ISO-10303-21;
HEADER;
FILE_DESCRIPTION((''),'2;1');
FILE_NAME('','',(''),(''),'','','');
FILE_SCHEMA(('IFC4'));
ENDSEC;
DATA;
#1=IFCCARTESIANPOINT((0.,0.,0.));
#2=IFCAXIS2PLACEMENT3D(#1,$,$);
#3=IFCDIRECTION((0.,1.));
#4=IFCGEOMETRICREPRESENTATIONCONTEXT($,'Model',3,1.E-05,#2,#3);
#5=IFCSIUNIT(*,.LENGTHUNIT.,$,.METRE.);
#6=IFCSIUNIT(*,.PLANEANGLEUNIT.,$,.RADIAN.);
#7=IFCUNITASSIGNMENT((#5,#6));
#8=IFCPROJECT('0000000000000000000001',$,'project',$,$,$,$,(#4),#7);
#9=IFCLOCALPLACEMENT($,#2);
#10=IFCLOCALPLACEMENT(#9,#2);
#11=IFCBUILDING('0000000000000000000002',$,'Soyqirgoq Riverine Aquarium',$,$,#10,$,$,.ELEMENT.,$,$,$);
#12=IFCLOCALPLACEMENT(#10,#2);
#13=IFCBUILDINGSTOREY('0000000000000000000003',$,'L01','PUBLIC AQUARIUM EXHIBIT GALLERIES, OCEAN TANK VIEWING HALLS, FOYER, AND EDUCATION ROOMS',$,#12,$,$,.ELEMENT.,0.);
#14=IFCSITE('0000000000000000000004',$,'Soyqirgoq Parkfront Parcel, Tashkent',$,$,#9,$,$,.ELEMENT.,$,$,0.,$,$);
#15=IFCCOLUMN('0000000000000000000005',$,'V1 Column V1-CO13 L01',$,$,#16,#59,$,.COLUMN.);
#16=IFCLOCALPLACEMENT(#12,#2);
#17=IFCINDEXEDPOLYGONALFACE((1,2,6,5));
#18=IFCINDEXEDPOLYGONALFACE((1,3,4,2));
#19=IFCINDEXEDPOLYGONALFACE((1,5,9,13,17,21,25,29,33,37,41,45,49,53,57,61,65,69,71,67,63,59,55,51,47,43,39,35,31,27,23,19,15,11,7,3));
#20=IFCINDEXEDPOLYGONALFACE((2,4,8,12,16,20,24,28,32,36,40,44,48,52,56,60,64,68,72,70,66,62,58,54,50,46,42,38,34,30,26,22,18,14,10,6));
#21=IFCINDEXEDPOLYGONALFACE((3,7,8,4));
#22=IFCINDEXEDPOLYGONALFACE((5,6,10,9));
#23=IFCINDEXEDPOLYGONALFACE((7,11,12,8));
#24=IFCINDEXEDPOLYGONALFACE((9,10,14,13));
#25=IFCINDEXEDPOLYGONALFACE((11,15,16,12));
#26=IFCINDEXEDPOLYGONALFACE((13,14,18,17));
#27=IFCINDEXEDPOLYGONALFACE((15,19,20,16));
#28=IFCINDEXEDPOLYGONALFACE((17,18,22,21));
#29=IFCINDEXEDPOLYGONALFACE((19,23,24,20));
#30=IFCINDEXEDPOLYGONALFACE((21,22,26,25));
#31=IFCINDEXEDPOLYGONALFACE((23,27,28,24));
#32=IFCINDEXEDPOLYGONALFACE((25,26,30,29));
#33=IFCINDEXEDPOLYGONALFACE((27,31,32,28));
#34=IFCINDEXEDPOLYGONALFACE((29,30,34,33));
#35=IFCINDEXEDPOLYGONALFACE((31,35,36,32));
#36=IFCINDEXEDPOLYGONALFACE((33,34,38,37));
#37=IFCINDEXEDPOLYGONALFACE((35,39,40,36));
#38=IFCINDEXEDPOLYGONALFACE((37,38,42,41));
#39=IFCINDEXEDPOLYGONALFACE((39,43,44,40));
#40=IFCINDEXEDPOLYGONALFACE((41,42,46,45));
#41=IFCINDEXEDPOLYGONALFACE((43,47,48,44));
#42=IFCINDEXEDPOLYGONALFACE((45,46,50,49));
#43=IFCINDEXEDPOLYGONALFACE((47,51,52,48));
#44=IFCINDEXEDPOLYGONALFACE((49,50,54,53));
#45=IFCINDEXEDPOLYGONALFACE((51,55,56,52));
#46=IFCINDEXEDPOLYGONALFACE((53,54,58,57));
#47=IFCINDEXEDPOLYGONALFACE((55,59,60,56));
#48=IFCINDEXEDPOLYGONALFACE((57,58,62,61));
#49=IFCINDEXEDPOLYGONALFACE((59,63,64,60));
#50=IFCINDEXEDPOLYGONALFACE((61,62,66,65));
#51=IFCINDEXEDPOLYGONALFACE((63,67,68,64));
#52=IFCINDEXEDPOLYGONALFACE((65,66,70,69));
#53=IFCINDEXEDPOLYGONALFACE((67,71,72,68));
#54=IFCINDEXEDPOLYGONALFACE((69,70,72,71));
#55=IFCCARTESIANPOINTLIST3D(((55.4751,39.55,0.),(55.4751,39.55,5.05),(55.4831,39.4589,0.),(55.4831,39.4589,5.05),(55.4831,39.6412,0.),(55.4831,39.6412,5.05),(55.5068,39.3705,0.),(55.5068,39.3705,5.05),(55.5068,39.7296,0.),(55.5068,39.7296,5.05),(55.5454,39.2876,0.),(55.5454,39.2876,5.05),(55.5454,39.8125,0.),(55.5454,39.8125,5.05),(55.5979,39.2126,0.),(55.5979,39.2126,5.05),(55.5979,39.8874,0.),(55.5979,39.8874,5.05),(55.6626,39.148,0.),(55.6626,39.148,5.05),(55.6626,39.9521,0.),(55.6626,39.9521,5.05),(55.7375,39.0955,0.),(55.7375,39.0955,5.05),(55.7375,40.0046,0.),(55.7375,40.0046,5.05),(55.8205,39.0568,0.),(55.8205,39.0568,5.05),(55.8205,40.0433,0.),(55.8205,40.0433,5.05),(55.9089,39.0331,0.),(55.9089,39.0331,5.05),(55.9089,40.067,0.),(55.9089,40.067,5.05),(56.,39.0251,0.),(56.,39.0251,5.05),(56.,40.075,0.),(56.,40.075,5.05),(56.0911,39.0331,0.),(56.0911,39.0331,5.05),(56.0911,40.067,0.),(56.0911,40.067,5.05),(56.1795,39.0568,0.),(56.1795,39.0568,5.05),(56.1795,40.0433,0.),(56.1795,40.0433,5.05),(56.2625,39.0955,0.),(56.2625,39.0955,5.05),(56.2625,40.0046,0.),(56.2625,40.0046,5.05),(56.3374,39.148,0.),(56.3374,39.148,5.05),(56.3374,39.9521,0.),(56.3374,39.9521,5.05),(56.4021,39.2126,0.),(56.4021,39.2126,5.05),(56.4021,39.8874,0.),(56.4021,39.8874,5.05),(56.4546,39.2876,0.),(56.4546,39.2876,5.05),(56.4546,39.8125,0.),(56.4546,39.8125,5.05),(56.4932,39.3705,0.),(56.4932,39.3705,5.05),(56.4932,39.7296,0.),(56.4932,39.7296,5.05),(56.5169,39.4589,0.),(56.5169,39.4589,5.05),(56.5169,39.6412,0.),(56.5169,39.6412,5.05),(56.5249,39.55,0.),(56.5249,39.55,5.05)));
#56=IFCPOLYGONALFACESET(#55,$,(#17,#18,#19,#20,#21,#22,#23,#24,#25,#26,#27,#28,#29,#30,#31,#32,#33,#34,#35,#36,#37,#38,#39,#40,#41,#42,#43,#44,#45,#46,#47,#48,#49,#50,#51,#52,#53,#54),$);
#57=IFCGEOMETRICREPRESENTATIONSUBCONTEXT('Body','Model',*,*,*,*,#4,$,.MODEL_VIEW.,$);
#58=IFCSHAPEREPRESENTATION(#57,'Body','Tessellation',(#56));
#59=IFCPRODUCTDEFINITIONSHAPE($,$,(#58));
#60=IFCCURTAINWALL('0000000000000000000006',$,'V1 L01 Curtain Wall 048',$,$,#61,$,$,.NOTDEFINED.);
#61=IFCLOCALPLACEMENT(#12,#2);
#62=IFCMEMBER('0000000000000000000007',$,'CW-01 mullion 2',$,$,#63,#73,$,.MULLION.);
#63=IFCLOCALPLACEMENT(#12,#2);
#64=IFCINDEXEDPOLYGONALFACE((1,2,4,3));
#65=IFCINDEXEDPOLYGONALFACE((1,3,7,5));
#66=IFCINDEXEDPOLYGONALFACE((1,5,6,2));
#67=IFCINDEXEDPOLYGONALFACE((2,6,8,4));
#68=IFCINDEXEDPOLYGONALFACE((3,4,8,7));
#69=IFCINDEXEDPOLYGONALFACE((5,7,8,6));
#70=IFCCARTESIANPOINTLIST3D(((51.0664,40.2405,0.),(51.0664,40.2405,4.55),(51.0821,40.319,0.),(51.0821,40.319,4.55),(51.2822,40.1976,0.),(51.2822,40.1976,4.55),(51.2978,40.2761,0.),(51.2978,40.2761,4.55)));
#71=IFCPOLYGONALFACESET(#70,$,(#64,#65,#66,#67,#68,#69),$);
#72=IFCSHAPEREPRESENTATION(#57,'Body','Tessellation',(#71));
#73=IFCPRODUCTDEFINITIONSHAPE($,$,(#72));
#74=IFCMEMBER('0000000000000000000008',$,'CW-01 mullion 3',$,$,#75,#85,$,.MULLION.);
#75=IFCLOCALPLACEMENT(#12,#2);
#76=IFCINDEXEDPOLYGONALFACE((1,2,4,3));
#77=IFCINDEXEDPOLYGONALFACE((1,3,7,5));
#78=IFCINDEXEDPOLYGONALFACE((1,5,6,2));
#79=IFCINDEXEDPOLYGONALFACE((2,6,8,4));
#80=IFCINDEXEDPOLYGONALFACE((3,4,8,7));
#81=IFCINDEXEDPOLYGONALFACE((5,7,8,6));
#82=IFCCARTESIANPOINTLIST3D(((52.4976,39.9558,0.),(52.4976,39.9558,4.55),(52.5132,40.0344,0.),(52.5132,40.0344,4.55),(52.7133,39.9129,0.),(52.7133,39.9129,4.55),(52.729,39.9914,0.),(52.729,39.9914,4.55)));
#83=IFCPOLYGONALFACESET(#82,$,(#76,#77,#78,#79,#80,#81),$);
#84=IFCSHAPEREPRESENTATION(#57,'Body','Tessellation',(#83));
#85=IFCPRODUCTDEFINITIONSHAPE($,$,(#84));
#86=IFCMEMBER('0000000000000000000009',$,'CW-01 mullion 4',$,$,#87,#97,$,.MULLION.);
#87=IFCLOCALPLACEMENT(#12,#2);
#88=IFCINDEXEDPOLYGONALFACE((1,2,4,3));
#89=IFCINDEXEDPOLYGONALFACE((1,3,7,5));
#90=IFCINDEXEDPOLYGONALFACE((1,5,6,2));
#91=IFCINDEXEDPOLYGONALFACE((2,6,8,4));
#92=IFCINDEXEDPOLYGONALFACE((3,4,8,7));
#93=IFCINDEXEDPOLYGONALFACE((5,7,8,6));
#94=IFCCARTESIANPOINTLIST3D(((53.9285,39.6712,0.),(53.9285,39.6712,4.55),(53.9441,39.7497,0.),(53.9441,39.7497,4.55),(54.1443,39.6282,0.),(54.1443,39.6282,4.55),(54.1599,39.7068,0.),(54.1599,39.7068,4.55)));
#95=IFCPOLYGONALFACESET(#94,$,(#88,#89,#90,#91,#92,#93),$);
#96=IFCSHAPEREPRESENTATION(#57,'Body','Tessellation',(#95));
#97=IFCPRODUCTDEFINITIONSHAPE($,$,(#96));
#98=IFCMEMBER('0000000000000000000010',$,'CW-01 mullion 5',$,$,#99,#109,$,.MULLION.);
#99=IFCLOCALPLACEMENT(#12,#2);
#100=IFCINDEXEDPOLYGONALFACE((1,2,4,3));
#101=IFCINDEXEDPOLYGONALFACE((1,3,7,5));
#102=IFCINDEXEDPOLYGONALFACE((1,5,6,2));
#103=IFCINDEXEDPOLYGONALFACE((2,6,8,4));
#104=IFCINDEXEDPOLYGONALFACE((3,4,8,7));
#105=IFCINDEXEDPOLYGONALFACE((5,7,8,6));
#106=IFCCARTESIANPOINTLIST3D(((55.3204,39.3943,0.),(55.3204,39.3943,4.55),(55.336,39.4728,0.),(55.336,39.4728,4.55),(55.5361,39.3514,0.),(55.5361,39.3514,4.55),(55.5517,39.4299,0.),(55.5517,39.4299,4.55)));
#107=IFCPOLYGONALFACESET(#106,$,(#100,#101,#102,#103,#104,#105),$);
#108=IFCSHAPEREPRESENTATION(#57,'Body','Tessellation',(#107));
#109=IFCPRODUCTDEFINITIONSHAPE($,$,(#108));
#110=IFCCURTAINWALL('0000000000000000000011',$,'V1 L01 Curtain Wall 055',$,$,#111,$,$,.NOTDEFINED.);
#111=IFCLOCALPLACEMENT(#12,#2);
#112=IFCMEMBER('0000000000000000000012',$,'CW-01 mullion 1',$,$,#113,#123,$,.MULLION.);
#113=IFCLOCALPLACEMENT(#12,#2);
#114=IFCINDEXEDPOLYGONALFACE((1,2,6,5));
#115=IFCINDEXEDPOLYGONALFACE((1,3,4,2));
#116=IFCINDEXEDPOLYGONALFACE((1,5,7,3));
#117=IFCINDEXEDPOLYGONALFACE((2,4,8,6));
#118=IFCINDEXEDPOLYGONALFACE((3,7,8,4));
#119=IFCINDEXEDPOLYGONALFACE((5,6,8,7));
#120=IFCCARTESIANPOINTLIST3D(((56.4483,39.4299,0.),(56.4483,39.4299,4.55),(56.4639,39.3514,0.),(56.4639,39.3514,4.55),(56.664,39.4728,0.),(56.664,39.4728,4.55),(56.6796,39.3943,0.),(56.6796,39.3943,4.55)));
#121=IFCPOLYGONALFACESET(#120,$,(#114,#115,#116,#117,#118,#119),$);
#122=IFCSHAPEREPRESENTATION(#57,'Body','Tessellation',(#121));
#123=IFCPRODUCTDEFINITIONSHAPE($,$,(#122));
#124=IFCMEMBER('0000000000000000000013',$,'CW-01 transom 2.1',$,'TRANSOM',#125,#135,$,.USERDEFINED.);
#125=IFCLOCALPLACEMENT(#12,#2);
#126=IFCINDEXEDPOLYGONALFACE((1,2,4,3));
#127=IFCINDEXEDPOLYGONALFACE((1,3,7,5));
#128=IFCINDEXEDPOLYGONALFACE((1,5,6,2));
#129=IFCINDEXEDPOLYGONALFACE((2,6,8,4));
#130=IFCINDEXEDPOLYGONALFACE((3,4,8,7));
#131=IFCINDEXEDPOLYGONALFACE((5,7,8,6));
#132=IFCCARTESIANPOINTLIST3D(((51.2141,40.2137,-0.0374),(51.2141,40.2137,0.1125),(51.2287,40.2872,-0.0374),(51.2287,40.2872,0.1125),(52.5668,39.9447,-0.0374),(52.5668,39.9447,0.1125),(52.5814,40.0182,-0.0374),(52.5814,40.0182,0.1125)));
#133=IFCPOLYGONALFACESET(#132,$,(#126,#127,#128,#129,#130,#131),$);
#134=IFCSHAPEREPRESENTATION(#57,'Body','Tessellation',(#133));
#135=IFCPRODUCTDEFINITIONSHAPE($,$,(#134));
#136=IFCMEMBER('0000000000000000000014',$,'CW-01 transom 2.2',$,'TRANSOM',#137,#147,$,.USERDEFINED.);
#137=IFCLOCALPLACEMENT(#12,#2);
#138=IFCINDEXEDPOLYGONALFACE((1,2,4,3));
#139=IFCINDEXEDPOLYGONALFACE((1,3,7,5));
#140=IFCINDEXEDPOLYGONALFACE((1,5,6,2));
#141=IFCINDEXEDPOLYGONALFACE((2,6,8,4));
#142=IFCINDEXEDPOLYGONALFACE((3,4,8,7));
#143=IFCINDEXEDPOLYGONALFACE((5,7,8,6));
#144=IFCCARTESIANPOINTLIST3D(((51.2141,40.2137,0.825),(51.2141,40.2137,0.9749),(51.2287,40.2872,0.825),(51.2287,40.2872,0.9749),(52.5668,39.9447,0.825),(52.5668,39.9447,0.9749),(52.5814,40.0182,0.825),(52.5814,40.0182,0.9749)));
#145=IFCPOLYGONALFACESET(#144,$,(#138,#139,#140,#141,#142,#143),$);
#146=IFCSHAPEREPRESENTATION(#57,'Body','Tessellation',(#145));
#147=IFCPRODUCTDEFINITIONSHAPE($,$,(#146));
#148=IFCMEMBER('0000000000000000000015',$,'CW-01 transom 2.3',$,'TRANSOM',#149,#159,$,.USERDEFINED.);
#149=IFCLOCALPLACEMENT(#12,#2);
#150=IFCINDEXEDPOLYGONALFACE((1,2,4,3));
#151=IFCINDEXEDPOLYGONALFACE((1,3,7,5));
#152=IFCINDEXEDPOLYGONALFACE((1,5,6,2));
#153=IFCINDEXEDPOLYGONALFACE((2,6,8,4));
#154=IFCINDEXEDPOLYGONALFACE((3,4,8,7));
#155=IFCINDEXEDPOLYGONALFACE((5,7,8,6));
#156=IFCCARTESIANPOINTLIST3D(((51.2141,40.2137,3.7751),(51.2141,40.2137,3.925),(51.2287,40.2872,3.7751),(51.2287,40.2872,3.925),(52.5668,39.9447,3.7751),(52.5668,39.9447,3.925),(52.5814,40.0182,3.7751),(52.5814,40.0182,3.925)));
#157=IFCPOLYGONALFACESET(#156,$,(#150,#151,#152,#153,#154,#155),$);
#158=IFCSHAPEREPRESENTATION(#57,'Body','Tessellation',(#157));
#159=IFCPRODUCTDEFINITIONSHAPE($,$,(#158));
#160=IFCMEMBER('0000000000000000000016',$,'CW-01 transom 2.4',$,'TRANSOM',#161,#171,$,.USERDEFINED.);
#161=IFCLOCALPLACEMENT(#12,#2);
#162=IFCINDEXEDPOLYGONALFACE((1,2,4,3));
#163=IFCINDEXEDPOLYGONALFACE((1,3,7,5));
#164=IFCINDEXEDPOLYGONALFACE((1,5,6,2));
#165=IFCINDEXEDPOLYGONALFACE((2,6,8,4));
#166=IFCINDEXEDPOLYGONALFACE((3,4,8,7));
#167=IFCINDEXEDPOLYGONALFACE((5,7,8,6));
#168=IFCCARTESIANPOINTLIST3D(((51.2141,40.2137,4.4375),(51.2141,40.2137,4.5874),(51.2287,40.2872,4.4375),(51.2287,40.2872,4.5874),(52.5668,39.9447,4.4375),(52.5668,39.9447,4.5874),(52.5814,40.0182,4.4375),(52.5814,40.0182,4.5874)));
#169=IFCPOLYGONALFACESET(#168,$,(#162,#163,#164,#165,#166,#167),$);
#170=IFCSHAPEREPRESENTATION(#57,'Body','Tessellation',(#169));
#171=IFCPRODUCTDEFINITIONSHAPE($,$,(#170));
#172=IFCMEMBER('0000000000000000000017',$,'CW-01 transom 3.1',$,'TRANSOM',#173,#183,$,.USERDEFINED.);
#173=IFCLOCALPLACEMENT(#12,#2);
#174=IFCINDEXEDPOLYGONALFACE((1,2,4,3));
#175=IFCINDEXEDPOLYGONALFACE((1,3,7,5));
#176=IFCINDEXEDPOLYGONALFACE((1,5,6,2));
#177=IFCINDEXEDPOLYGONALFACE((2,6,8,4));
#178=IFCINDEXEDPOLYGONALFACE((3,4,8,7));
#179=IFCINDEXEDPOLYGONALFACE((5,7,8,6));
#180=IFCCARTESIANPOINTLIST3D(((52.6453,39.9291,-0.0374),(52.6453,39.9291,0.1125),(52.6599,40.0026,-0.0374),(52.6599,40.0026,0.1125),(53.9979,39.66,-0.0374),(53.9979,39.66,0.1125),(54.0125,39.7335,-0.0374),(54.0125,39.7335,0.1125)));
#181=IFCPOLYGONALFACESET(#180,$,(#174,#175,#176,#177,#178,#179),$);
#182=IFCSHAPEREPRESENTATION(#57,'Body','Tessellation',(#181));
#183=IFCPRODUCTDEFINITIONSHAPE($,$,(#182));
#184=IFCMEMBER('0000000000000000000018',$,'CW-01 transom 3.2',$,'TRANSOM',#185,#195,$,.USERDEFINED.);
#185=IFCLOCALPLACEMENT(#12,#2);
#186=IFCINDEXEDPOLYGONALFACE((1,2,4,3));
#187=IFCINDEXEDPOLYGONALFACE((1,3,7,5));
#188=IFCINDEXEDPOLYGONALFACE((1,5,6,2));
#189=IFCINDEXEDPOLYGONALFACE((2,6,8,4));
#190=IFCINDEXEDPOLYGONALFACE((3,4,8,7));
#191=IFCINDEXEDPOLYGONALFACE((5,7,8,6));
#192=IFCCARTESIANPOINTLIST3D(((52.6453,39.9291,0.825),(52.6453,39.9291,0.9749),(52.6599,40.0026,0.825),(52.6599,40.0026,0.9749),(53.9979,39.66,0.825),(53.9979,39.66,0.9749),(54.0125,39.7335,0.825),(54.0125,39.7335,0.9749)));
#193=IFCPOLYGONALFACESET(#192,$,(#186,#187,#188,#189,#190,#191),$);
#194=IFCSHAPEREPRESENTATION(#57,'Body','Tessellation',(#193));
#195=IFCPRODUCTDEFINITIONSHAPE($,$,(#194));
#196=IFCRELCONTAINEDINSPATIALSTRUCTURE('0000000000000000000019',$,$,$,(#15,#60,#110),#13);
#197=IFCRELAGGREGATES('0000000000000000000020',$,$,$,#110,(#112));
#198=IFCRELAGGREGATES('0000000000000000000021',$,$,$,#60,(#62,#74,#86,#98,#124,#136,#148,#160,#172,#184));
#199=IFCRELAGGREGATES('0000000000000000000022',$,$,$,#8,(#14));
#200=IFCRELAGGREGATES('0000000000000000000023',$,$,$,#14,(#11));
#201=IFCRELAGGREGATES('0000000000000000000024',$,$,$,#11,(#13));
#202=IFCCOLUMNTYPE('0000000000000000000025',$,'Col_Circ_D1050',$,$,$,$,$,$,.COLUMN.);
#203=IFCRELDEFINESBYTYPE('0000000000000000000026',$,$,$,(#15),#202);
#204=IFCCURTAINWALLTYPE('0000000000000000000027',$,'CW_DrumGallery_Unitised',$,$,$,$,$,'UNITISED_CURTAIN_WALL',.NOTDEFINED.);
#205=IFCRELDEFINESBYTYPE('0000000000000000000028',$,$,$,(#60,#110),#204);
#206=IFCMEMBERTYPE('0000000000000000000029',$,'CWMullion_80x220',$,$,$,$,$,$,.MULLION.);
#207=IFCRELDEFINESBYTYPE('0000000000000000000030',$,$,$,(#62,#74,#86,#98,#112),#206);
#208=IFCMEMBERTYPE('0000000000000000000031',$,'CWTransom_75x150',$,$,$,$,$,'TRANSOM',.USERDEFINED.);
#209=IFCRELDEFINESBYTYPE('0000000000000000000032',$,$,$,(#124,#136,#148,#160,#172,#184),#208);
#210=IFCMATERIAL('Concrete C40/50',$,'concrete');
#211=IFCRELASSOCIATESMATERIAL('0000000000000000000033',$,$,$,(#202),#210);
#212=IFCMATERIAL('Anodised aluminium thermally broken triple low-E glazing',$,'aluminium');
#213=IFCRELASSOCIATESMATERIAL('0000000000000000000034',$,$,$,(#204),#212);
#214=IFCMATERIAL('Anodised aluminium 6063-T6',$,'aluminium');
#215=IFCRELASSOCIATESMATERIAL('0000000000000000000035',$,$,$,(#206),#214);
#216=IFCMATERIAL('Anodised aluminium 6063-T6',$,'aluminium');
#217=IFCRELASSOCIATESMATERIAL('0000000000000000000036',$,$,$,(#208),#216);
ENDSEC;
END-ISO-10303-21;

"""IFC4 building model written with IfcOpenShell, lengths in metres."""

from ifc_helpers import new_model, si_unit, direction, frame, origin, origin_2d, place, context, subcontext, project, spatial, rectangle, circle, extrude, material, material_profile, profile_set, type_object, element, aggregate, save


model = new_model("IFC4")

# Units and contexts
model_context = context("Model", 3, precision=1e-05, world=origin(), true_north=direction((0.0, 1.0)))
body_context = subcontext(model_context, "Body", "Model", "MODEL_VIEW")
ifc_project = project(units=[si_unit("LENGTHUNIT", "METRE"), si_unit("PLANEANGLEUNIT", "RADIAN")], contexts=[model_context])

# Site, building, storey
site_placement = place(None, origin())
site = spatial("IfcSite", under=ifc_project, at=site_placement, Name="Soyqirgoq Parkfront Parcel, Tashkent", CompositionType="ELEMENT", RefElevation=0.0)
building_placement = place(site_placement, origin())
building = spatial("IfcBuilding", under=site, at=building_placement, Name="Soyqirgoq Riverine Aquarium", CompositionType="ELEMENT")
storey_placement = place(building_placement, origin())
storey = spatial("IfcBuildingStorey", under=building, at=storey_placement, Name="L01", Description="PUBLIC AQUARIUM EXHIBIT GALLERIES, OCEAN TANK VIEWING HALLS, FOYER, AND EDUCATION ROOMS", CompositionType="ELEMENT", Elevation=0.0)

# Column
ifc_material_1 = material(Name="Concrete C40/50", Category="concrete")
ifc_material_profile_1 = material_profile(ifc_material_1, circle(Radius=0.5249, at=origin_2d()), Name="RC-COL D1050")
ifc_profile_set_1 = profile_set([ifc_material_profile_1], Name="Concrete C40/50")
column_type = type_object("IfcColumnType", Name="Col_Circ_D1050", PredefinedType="COLUMN", material=ifc_profile_set_1)
column_placement = place(storey_placement, frame((56.0, 39.55, 0.0), z_axis=(0.0, 0.0, 1.0), x_axis=(0.0, -1.0, 0.0)))
element("IfcColumn", 1, at=column_placement, inside=storey, type_object=column_type, Name="V1 Column V1-CO13 L01", PredefinedType="COLUMN", context=body_context, shape_type="SweptSolid", body=[
    extrude(circle(Radius=0.5249, at=origin_2d()), origin(), (0.0, 0.0, 1.0), 5.05),
])

# Curtain wall, members
ifc_material_2 = material(Name="Anodised aluminium thermally broken triple low-E glazing", Category="aluminium")
curtain_wall_type = type_object("IfcCurtainWallType", Name="CW_DrumGallery_Unitised", ElementType="UNITISED_CURTAIN_WALL", PredefinedType="NOTDEFINED", material=ifc_material_2)
curtain_wall_1_placement = place(storey_placement, origin())
curtain_wall_1 = element("IfcCurtainWall", 2, at=curtain_wall_1_placement, inside=storey, type_object=curtain_wall_type, Name="V1 L01 Curtain Wall 048", PredefinedType="NOTDEFINED")
ifc_material_3 = material(Name="Anodised aluminium 6063-T6", Category="aluminium")
ifc_material_profile_2 = material_profile(ifc_material_3, rectangle(XDim=0.0801, YDim=0.22, at=origin_2d()), Name="ALU-M 80x220")
ifc_profile_set_2 = profile_set([ifc_material_profile_2], Name="Anodised aluminium 6063-T6")
member_type_1 = type_object("IfcMemberType", Name="CWMullion_80x220", PredefinedType="MULLION", material=ifc_profile_set_2)
member_1_placement = place(storey_placement, frame((51.1821, 40.2583, 0.0), z_axis=(0.0, 0.0, 1.0), x_axis=(0.195075, 0.980788, 0.0)))
member_1 = element("IfcMember", 3, at=member_1_placement, type_object=member_type_1, Name="CW-01 mullion 2", PredefinedType="MULLION", context=body_context, shape_type="SweptSolid", body=[
    extrude(rectangle(XDim=0.0801, YDim=0.22, at=origin_2d()), origin(), (0.0, 0.0, 1.0), 4.55),
])
member_2_placement = place(storey_placement, frame((52.6133, 39.9736, 0.0), z_axis=(0.0, 0.0, 1.0), x_axis=(0.195075, 0.980788, 0.0)))
member_2 = element("IfcMember", 4, at=member_2_placement, type_object=member_type_1, Name="CW-01 mullion 3", PredefinedType="MULLION", context=body_context, shape_type="SweptSolid", body=[
    extrude(rectangle(XDim=0.0801, YDim=0.22, at=origin_2d()), origin(), (0.0, 0.0, 1.0), 4.55),
])
member_3_placement = place(storey_placement, frame((54.0442, 39.689, 0.0), z_axis=(0.0, 0.0, 1.0), x_axis=(0.195075, 0.980788, 0.0)))
member_3 = element("IfcMember", 5, at=member_3_placement, type_object=member_type_1, Name="CW-01 mullion 4", PredefinedType="MULLION", context=body_context, shape_type="SweptSolid", body=[
    extrude(rectangle(XDim=0.0801, YDim=0.22, at=origin_2d()), origin(), (0.0, 0.0, 1.0), 4.55),
])
member_4_placement = place(storey_placement, frame((55.436, 39.4121, 0.0), z_axis=(0.0, 0.0, 1.0), x_axis=(0.195075, 0.980788, 0.0)))
member_4 = element("IfcMember", 6, at=member_4_placement, type_object=member_type_1, Name="CW-01 mullion 5", PredefinedType="MULLION", context=body_context, shape_type="SweptSolid", body=[
    extrude(rectangle(XDim=0.0801, YDim=0.22, at=origin_2d()), origin(), (0.0, 0.0, 1.0), 4.55),
])

# Curtain wall, member
curtain_wall_2_placement = place(storey_placement, origin())
curtain_wall_2 = element("IfcCurtainWall", 7, at=curtain_wall_2_placement, inside=storey, type_object=curtain_wall_type, Name="V1 L01 Curtain Wall 055", PredefinedType="NOTDEFINED")
member_5_placement = place(storey_placement, frame((56.564, 39.4121, 0.0), z_axis=(0.0, 0.0, 1.0), x_axis=(-0.195075, 0.980788, 0.0)))
member_5 = element("IfcMember", 8, at=member_5_placement, type_object=member_type_1, Name="CW-01 mullion 1", PredefinedType="MULLION", context=body_context, shape_type="SweptSolid", body=[
    extrude(rectangle(XDim=0.0801, YDim=0.22, at=origin_2d()), origin(), (0.0, 0.0, 1.0), 4.55),
])

# Members
ifc_material_4 = material(Name="Anodised aluminium 6063-T6", Category="aluminium")
ifc_material_profile_3 = material_profile(ifc_material_4, rectangle(XDim=0.075, YDim=0.1499, at=origin_2d()), Name="ALU-T 75x150")
ifc_profile_set_3 = profile_set([ifc_material_profile_3], Name="Anodised aluminium 6063-T6")
member_type_2 = type_object("IfcMemberType", Name="CWTransom_75x150", ElementType="TRANSOM", PredefinedType="USERDEFINED", material=ifc_profile_set_3)
member_6_placement = place(storey_placement, frame((51.2214, 40.2505, 0.0376), z_axis=(0.980784, -0.195095, 0.0), x_axis=(0.195095, 0.980784, 0.0)))
member_6 = element("IfcMember", 9, at=member_6_placement, type_object=member_type_2, Name="CW-01 transom 2.1", ObjectType="TRANSOM", PredefinedType="USERDEFINED", context=body_context, shape_type="SweptSolid", body=[
    extrude(rectangle(XDim=0.075, YDim=0.1499, at=origin_2d()), origin(), (0.0, 0.0, 1.0), 1.3792),
])
member_7_placement = place(storey_placement, frame((51.2214, 40.2505, 0.8999), z_axis=(0.980784, -0.195095, 0.0), x_axis=(0.195095, 0.980784, 0.0)))
member_7 = element("IfcMember", 10, at=member_7_placement, type_object=member_type_2, Name="CW-01 transom 2.2", ObjectType="TRANSOM", PredefinedType="USERDEFINED", context=body_context, shape_type="SweptSolid", body=[
    extrude(rectangle(XDim=0.075, YDim=0.1499, at=origin_2d()), origin(), (0.0, 0.0, 1.0), 1.3792),
])
member_8_placement = place(storey_placement, frame((51.2214, 40.2505, 3.8501), z_axis=(0.980784, -0.195095, 0.0), x_axis=(0.195095, 0.980784, 0.0)))
member_8 = element("IfcMember", 11, at=member_8_placement, type_object=member_type_2, Name="CW-01 transom 2.3", ObjectType="TRANSOM", PredefinedType="USERDEFINED", context=body_context, shape_type="SweptSolid", body=[
    extrude(rectangle(XDim=0.075, YDim=0.1499, at=origin_2d()), origin(), (0.0, 0.0, 1.0), 1.3792),
])
member_9_placement = place(storey_placement, frame((51.2214, 40.2505, 4.5125), z_axis=(0.980784, -0.195095, 0.0), x_axis=(0.195095, 0.980784, 0.0)))
member_9 = element("IfcMember", 12, at=member_9_placement, type_object=member_type_2, Name="CW-01 transom 2.4", ObjectType="TRANSOM", PredefinedType="USERDEFINED", context=body_context, shape_type="SweptSolid", body=[
    extrude(rectangle(XDim=0.075, YDim=0.1499, at=origin_2d()), origin(), (0.0, 0.0, 1.0), 1.3792),
])
member_10_placement = place(storey_placement, frame((52.6526, 39.9658, 0.0376), z_axis=(0.980784, -0.195095, 0.0), x_axis=(0.195095, 0.980784, 0.0)))
member_10 = element("IfcMember", 13, at=member_10_placement, type_object=member_type_2, Name="CW-01 transom 3.1", ObjectType="TRANSOM", PredefinedType="USERDEFINED", context=body_context, shape_type="SweptSolid", body=[
    extrude(rectangle(XDim=0.075, YDim=0.1499, at=origin_2d()), origin(), (0.0, 0.0, 1.0), 1.3792),
])
member_11_placement = place(storey_placement, frame((52.6526, 39.9658, 0.8999), z_axis=(0.980784, -0.195095, 0.0), x_axis=(0.195095, 0.980784, 0.0)))
member_11 = element("IfcMember", 14, at=member_11_placement, type_object=member_type_2, Name="CW-01 transom 3.2", ObjectType="TRANSOM", PredefinedType="USERDEFINED", context=body_context, shape_type="SweptSolid", body=[
    extrude(rectangle(XDim=0.075, YDim=0.1499, at=origin_2d()), origin(), (0.0, 0.0, 1.0), 1.3792),
])
aggregate(curtain_wall_2, [member_5])

aggregate(curtain_wall_1, [member_1, member_2, member_3, member_4, member_6, member_7, member_8, member_9, member_10, member_11])

save(model, "model.ifc")
